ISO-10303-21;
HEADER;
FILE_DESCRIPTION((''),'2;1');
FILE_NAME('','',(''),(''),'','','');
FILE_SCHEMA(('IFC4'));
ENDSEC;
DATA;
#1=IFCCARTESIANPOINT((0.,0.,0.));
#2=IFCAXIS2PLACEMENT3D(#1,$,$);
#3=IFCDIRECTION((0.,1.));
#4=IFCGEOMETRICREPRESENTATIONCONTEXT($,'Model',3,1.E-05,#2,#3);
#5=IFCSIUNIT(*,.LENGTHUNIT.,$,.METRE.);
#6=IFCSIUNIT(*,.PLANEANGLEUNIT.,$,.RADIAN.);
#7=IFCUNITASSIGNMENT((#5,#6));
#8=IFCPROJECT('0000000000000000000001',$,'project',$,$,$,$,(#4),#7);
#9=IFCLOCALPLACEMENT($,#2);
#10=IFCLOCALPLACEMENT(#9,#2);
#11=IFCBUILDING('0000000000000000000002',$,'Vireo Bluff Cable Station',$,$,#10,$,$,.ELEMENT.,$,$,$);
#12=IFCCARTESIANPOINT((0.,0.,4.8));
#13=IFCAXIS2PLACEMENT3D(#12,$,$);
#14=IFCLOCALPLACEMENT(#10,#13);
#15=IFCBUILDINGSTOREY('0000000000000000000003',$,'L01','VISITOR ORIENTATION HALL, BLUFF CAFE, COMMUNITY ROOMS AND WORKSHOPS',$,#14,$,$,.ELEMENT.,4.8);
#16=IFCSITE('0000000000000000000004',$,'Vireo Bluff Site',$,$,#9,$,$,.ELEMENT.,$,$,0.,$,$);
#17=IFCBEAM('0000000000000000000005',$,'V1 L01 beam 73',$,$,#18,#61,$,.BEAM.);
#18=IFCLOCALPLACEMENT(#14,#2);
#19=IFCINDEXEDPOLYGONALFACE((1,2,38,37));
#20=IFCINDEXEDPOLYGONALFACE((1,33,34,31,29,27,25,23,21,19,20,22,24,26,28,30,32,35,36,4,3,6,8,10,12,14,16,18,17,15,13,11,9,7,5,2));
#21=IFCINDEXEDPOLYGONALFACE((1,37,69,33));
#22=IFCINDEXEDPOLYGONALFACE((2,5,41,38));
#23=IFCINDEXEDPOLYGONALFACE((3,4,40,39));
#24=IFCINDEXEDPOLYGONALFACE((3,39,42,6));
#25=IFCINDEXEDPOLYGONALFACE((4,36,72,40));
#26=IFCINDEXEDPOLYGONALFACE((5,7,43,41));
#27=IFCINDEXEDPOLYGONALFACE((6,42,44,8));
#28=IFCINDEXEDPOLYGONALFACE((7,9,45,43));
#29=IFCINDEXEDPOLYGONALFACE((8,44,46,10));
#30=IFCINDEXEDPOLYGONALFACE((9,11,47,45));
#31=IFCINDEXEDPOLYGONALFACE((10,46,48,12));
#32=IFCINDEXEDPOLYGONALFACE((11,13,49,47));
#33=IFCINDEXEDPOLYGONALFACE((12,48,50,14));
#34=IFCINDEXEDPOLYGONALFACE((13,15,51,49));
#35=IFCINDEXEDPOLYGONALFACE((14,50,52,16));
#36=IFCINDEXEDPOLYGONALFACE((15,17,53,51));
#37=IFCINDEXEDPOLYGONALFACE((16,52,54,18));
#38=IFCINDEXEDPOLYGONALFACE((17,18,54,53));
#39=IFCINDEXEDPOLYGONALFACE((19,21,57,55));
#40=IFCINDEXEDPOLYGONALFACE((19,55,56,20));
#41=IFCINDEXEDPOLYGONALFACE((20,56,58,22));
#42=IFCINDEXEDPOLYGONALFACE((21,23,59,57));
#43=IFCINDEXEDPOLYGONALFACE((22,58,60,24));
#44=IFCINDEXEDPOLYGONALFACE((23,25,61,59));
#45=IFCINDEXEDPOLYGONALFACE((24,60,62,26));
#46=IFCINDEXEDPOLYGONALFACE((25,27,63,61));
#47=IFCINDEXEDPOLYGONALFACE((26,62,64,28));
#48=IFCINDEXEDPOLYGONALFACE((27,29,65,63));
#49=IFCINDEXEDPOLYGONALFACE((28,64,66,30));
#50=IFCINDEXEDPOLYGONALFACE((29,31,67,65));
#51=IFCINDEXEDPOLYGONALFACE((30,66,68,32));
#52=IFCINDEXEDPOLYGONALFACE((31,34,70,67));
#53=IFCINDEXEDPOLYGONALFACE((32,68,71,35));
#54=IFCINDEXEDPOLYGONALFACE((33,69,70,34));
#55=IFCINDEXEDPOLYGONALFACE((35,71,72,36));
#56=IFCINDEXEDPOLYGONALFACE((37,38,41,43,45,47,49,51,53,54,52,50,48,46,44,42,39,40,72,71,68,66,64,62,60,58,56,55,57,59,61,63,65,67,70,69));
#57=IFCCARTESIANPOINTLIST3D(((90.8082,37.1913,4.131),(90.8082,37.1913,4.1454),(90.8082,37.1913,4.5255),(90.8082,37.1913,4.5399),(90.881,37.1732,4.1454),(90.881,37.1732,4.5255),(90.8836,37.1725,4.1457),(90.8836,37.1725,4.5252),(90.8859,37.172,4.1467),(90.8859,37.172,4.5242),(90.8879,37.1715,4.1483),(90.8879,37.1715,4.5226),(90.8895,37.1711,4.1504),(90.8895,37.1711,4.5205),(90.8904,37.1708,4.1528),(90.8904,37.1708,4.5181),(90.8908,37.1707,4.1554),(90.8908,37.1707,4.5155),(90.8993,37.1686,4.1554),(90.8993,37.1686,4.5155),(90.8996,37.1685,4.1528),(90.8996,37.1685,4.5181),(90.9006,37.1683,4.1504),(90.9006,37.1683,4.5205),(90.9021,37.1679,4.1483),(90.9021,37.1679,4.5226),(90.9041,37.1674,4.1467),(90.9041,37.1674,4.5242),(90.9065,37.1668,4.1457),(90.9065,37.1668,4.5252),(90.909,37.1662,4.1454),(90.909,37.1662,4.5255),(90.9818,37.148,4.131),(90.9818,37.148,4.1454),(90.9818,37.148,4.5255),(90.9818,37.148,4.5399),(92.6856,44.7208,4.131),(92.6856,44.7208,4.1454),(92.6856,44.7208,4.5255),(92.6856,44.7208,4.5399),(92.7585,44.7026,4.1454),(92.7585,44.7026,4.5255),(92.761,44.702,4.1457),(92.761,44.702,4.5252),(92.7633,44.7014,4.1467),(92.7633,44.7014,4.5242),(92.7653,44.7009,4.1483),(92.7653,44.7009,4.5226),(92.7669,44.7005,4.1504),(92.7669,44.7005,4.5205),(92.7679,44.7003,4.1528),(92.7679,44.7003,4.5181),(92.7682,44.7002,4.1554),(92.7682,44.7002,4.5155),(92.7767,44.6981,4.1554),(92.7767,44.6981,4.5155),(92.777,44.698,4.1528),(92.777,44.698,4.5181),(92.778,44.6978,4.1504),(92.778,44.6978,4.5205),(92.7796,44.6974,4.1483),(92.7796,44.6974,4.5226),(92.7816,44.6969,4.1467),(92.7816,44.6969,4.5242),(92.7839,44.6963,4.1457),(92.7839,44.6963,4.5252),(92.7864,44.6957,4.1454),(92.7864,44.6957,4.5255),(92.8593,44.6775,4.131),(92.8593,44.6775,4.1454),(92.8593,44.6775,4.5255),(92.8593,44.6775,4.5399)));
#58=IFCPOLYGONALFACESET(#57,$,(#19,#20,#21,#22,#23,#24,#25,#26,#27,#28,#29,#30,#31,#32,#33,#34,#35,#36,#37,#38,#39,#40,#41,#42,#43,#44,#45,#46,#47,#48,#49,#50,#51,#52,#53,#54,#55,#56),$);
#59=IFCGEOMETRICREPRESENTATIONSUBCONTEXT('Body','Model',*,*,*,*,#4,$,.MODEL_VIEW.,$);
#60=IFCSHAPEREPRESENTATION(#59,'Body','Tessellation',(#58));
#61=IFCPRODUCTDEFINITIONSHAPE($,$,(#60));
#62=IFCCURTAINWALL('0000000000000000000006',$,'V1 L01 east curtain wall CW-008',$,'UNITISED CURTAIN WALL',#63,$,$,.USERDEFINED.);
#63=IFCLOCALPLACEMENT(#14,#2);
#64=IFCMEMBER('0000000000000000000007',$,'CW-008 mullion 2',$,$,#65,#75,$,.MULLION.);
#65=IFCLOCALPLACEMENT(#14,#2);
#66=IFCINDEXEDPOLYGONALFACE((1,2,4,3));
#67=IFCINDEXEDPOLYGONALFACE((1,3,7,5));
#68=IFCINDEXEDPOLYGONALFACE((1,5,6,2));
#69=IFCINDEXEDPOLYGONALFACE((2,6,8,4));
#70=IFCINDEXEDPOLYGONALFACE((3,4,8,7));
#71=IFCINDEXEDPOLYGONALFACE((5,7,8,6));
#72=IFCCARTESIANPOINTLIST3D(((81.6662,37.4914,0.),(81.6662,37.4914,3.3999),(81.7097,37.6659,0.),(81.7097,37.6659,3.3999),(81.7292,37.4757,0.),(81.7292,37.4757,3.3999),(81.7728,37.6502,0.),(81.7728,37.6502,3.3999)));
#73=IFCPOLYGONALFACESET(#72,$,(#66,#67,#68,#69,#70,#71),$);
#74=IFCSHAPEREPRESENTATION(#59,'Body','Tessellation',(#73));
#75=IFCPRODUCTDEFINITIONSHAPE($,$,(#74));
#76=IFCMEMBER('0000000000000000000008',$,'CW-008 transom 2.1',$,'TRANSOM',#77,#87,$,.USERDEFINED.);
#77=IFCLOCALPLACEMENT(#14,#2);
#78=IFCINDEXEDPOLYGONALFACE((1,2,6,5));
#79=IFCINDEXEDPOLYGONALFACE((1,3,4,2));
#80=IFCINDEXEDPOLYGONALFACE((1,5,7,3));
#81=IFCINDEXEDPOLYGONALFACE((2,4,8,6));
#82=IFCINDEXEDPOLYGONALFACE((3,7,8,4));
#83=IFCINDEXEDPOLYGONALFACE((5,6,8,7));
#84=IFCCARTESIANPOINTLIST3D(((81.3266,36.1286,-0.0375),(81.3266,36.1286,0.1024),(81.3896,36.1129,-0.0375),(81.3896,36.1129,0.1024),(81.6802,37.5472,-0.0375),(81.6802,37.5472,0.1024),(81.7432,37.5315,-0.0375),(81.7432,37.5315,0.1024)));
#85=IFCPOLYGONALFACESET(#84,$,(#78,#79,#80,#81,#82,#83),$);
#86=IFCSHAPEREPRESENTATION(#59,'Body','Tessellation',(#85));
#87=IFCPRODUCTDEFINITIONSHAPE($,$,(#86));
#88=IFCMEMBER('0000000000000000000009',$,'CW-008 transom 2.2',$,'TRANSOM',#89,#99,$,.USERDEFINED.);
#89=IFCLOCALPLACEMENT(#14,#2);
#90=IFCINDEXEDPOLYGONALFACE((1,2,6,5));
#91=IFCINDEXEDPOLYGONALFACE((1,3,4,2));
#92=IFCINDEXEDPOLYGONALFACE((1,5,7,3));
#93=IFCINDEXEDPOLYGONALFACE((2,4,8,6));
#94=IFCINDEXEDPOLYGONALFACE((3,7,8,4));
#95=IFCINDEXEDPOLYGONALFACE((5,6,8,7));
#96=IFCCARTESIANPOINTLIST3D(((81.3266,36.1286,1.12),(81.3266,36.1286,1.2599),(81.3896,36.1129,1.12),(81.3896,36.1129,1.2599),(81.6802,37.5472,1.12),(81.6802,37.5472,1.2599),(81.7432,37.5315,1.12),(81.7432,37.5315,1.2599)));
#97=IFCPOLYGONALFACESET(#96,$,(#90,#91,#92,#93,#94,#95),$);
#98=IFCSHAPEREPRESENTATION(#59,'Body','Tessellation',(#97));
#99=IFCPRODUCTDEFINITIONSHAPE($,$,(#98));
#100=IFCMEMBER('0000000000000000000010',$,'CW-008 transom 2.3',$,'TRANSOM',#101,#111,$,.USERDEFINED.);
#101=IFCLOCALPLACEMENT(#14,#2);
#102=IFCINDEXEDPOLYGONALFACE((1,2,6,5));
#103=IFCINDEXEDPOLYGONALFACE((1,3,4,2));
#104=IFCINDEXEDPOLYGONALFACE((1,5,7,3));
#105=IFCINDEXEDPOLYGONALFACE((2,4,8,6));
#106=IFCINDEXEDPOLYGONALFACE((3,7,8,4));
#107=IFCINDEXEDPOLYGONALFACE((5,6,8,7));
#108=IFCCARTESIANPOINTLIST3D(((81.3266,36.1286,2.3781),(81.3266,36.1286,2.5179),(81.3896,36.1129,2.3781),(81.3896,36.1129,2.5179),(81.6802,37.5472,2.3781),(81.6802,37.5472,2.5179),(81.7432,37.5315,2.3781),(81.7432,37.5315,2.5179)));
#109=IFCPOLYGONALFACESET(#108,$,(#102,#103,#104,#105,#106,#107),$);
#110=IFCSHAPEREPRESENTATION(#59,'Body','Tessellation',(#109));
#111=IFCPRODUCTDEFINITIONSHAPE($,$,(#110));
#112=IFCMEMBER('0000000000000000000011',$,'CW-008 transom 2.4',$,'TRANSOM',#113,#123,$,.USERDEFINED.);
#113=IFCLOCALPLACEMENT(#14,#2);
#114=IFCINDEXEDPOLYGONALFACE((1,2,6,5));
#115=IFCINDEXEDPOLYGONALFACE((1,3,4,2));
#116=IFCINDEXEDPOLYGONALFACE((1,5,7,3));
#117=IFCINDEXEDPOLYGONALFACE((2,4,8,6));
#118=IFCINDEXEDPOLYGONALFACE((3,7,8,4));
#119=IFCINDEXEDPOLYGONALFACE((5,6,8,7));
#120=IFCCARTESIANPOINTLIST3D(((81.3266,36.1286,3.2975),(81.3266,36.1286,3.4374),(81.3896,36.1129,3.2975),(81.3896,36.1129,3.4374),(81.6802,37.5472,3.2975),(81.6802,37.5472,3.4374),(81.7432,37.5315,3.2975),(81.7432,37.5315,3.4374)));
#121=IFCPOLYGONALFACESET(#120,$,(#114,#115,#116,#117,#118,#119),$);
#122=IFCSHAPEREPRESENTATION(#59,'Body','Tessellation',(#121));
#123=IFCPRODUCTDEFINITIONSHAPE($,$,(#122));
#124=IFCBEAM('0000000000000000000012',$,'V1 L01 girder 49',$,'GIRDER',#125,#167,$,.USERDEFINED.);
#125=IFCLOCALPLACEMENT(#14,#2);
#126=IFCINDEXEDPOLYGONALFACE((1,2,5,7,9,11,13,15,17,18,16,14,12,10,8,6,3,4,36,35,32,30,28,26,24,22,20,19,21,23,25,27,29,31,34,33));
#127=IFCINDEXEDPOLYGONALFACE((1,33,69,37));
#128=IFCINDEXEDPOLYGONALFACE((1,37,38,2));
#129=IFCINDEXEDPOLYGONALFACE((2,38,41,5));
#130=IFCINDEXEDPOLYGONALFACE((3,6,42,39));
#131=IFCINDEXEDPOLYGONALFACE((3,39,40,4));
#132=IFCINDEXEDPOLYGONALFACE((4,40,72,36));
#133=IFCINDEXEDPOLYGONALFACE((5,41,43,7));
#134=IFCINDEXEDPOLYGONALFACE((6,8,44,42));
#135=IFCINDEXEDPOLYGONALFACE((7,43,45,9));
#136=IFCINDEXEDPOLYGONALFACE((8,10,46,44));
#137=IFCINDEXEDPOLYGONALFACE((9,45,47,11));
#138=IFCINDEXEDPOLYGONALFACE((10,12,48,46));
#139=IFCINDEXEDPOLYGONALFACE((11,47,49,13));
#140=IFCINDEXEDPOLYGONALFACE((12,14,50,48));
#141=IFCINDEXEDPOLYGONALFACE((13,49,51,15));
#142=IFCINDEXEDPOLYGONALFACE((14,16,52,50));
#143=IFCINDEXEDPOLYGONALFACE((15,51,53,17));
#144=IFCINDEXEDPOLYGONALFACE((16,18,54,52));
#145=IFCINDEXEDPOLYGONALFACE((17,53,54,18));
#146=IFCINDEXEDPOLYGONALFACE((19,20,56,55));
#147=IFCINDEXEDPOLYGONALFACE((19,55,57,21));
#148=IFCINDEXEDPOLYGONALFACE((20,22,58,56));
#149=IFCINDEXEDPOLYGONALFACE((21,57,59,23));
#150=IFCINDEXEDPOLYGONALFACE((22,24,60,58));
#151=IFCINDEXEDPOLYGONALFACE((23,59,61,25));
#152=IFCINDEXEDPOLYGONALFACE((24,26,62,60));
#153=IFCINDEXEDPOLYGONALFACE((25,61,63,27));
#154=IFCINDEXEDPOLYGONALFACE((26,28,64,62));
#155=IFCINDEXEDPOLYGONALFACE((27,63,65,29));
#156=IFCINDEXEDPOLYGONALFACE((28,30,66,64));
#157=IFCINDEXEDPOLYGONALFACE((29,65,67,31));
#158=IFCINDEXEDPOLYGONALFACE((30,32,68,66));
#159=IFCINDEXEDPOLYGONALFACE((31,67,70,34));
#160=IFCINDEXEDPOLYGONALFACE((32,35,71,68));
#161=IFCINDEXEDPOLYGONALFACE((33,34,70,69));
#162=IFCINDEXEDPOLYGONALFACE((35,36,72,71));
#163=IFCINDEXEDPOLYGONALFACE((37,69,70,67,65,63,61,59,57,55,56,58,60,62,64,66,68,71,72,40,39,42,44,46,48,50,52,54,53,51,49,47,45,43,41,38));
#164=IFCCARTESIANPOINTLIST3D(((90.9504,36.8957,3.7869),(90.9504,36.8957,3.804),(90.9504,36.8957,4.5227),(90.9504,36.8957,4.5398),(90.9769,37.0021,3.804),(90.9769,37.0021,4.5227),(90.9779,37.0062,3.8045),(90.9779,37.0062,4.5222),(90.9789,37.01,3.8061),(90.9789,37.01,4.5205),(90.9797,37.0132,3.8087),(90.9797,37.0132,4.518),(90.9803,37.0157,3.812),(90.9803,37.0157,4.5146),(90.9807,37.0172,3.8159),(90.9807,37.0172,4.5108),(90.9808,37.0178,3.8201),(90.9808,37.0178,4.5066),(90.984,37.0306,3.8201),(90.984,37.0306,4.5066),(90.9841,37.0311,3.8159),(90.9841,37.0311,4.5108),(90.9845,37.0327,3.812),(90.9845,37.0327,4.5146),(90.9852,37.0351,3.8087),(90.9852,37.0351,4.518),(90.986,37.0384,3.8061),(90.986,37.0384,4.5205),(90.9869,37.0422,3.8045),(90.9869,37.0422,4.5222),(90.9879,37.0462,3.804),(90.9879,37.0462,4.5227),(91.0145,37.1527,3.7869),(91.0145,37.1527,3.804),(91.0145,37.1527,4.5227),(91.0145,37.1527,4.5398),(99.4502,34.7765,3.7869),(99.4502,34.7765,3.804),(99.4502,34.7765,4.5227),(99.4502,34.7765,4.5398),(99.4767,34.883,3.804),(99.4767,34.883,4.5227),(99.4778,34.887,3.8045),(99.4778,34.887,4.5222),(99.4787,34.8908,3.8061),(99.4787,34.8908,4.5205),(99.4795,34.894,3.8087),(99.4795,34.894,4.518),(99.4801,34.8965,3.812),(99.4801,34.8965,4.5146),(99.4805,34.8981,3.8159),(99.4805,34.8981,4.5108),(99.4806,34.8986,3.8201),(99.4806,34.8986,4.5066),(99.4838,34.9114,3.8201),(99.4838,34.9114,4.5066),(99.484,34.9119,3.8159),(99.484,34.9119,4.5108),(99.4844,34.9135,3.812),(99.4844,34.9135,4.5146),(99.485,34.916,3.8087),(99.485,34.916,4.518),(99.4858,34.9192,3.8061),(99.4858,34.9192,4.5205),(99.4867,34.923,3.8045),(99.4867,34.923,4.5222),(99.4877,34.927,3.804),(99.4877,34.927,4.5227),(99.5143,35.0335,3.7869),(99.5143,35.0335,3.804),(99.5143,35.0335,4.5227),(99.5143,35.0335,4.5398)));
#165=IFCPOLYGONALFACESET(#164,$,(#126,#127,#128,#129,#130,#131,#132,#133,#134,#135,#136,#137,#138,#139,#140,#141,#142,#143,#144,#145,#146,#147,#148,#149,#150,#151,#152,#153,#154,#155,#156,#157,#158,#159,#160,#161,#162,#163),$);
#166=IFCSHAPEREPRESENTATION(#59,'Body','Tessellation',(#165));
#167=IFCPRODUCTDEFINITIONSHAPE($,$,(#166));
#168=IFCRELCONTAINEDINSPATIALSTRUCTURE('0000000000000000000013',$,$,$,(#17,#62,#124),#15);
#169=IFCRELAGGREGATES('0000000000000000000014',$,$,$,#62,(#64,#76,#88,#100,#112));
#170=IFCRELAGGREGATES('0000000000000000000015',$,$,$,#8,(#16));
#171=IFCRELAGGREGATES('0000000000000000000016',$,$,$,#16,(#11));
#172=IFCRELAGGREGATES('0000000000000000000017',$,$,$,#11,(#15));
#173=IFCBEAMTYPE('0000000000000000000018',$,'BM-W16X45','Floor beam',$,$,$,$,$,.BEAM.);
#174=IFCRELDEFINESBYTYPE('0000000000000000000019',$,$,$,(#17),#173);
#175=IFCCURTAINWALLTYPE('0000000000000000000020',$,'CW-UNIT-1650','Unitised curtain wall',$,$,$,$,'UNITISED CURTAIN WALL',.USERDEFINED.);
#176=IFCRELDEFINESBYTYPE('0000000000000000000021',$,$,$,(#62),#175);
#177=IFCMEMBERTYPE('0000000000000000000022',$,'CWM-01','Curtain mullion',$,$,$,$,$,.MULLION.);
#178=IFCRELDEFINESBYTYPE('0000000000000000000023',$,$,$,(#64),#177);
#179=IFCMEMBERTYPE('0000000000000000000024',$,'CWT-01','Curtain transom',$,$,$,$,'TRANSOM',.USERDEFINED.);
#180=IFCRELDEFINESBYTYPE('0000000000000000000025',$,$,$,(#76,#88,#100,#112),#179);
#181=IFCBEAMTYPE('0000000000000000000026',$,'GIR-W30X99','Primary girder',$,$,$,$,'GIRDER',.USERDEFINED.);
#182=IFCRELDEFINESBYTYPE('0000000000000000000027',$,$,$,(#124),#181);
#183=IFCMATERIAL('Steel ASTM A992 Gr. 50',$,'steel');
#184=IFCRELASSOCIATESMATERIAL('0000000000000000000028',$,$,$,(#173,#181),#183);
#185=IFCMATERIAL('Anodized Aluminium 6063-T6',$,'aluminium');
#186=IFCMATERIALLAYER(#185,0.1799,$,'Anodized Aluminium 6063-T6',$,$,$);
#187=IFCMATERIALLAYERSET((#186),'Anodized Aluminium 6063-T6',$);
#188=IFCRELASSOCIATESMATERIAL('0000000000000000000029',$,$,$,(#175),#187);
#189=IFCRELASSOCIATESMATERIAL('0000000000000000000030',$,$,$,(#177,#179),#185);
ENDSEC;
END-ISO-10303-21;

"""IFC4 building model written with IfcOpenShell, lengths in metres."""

from ifc_helpers import new_model, si_unit, direction, frame, origin, origin_2d, place, context, subcontext, project, spatial, rectangle, i_section, extrude, material, layer, layer_set, material_profile, profile_set, type_object, element, aggregate, save


model = new_model("IFC4")

# Units and contexts
model_context = context("Model", 3, precision=1e-05, world=origin(), true_north=direction((0.0, 1.0)))
body_context = subcontext(model_context, "Body", "Model", "MODEL_VIEW")
ifc_project = project(units=[si_unit("LENGTHUNIT", "METRE"), si_unit("PLANEANGLEUNIT", "RADIAN")], contexts=[model_context])

# Site, building, storey
site_placement = place(None, origin())
site = spatial("IfcSite", under=ifc_project, at=site_placement, Name="Vireo Bluff Site", CompositionType="ELEMENT", RefElevation=0.0)
building_placement = place(site_placement, origin())
building = spatial("IfcBuilding", under=site, at=building_placement, Name="Vireo Bluff Cable Station", CompositionType="ELEMENT")
storey_placement = place(building_placement, frame((0.0, 0.0, 4.8)))
storey = spatial("IfcBuildingStorey", under=building, at=storey_placement, Name="L01", Description="VISITOR ORIENTATION HALL, BLUFF CAFE, COMMUNITY ROOMS AND WORKSHOPS", CompositionType="ELEMENT", Elevation=4.8)

# Shared definitions
ifc_material_1 = material(Name="Steel ASTM A992 Gr. 50", Category="steel")

# Beam
ifc_material_profile_1 = material_profile(ifc_material_1, i_section(OverallWidth=0.179, OverallDepth=0.4089, WebThickness=0.0088, FlangeThickness=0.0144, FilletRadius=0.01, at=origin_2d()), Name="W16X45")
ifc_profile_set_1 = profile_set([ifc_material_profile_1], Name="Steel ASTM A992 Gr. 50")
beam_type_1 = type_object("IfcBeamType", Name="BM-W16X45", Description="Floor beam", PredefinedType="BEAM", material=ifc_profile_set_1)
beam_1_placement = place(storey_placement, frame((90.895, 37.1697, 4.3354), z_axis=(0.241936, 0.970292, 0.0), x_axis=(-0.970292, 0.241936, 0.0)))
element("IfcBeam", 1, at=beam_1_placement, inside=storey, type_object=beam_type_1, Name="V1 L01 beam 73", PredefinedType="BEAM", context=body_context, shape_type="SweptSolid", body=[
    extrude(i_section(OverallWidth=0.179, OverallDepth=0.4089, WebThickness=0.0088, FlangeThickness=0.0144, FilletRadius=0.01, at=origin_2d()), origin(), (0.0, 0.0, 1.0), 7.76),
])

# Curtain wall, members
ifc_material_2 = material(Name="Anodized Aluminium 6063-T6", Category="aluminium")
ifc_layer_1 = layer(ifc_material_2, 0.1799, Name="Anodized Aluminium 6063-T6")
ifc_layer_set_1 = layer_set([ifc_layer_1], Name="Anodized Aluminium 6063-T6")
curtain_wall_type = type_object("IfcCurtainWallType", Name="CW-UNIT-1650", Description="Unitised curtain wall", ElementType="UNITISED CURTAIN WALL", PredefinedType="USERDEFINED", material=ifc_layer_set_1)
curtain_wall_placement = place(storey_placement, origin())
curtain_wall = element("IfcCurtainWall", 2, at=curtain_wall_placement, inside=storey, type_object=curtain_wall_type, Name="V1 L01 east curtain wall CW-008", ObjectType="UNITISED CURTAIN WALL", PredefinedType="USERDEFINED")
ifc_material_profile_2 = material_profile(ifc_material_2, rectangle(XDim=0.0649, YDim=0.1799, at=origin_2d()), Name="ALU-M-65X180")
ifc_profile_set_2 = profile_set([ifc_material_profile_2], Name="Anodized Aluminium 6063-T6")
member_type_1 = type_object("IfcMemberType", Name="CWM-01", Description="Curtain mullion", PredefinedType="MULLION", material=ifc_profile_set_2)
member_1_placement = place(storey_placement, frame((81.7195, 37.5708, 0.0), z_axis=(0.0, 0.0, 1.0), x_axis=(0.970296, -0.241922, 0.0)))
member_1 = element("IfcMember", 3, at=member_1_placement, type_object=member_type_1, Name="CW-008 mullion 2", PredefinedType="MULLION", context=body_context, shape_type="SweptSolid", body=[
    extrude(rectangle(XDim=0.0649, YDim=0.1799, at=origin_2d()), origin(), (0.0, 0.0, 1.0), 3.3999),
])
ifc_material_profile_3 = material_profile(ifc_material_2, rectangle(XDim=0.0649, YDim=0.1399, at=origin_2d()), Name="ALU-T-65X140")
ifc_profile_set_3 = profile_set([ifc_material_profile_3], Name="Anodized Aluminium 6063-T6")
member_type_2 = type_object("IfcMemberType", Name="CWT-01", Description="Curtain transom", ElementType="TRANSOM", PredefinedType="USERDEFINED", material=ifc_profile_set_3)
member_2_placement = place(storey_placement, frame((81.7117, 37.5393, 0.0325), z_axis=(-0.241828, -0.970319, 0.0), x_axis=(0.970319, -0.241828, 0.0)))
member_2 = element("IfcMember", 4, at=member_2_placement, type_object=member_type_2, Name="CW-008 transom 2.1", ObjectType="TRANSOM", PredefinedType="USERDEFINED", context=body_context, shape_type="SweptSolid", body=[
    extrude(rectangle(XDim=0.0649, YDim=0.1399, at=origin_2d()), origin(), (0.0, 0.0, 1.0), 1.4619),
])
member_3_placement = place(storey_placement, frame((81.7117, 37.5393, 1.1899), z_axis=(-0.241828, -0.970319, 0.0), x_axis=(0.970319, -0.241828, 0.0)))
member_3 = element("IfcMember", 5, at=member_3_placement, type_object=member_type_2, Name="CW-008 transom 2.2", ObjectType="TRANSOM", PredefinedType="USERDEFINED", context=body_context, shape_type="SweptSolid", body=[
    extrude(rectangle(XDim=0.0649, YDim=0.1399, at=origin_2d()), origin(), (0.0, 0.0, 1.0), 1.4619),
])
member_4_placement = place(storey_placement, frame((81.7117, 37.5393, 2.448), z_axis=(-0.241828, -0.970319, 0.0), x_axis=(0.970319, -0.241828, 0.0)))
member_4 = element("IfcMember", 6, at=member_4_placement, type_object=member_type_2, Name="CW-008 transom 2.3", ObjectType="TRANSOM", PredefinedType="USERDEFINED", context=body_context, shape_type="SweptSolid", body=[
    extrude(rectangle(XDim=0.0649, YDim=0.1399, at=origin_2d()), origin(), (0.0, 0.0, 1.0), 1.4619),
])
member_5_placement = place(storey_placement, frame((81.7117, 37.5393, 3.3674), z_axis=(-0.241828, -0.970319, 0.0), x_axis=(0.970319, -0.241828, 0.0)))
member_5 = element("IfcMember", 7, at=member_5_placement, type_object=member_type_2, Name="CW-008 transom 2.4", ObjectType="TRANSOM", PredefinedType="USERDEFINED", context=body_context, shape_type="SweptSolid", body=[
    extrude(rectangle(XDim=0.0649, YDim=0.1399, at=origin_2d()), origin(), (0.0, 0.0, 1.0), 1.4619),
])

# Beam
ifc_material_profile_4 = material_profile(ifc_material_1, i_section(OverallWidth=0.2649, OverallDepth=0.7529, WebThickness=0.0132, FlangeThickness=0.0171, FilletRadius=0.0161, at=origin_2d()), Name="W30X99")
ifc_profile_set_4 = profile_set([ifc_material_profile_4], Name="Steel ASTM A992 Gr. 50")
beam_type_2 = type_object("IfcBeamType", Name="GIR-W30X99", Description="Primary girder", ElementType="GIRDER", PredefinedType="USERDEFINED", material=ifc_profile_set_4)
beam_2_placement = place(storey_placement, frame((90.9824, 37.0242, 4.1633), z_axis=(0.970298, -0.241913, 0.0), x_axis=(0.241913, 0.970298, 0.0)))
element("IfcBeam", 8, at=beam_2_placement, inside=storey, type_object=beam_type_2, Name="V1 L01 girder 49", ObjectType="GIRDER", PredefinedType="USERDEFINED", context=body_context, shape_type="SweptSolid", body=[
    extrude(i_section(OverallWidth=0.2649, OverallDepth=0.7529, WebThickness=0.0132, FlangeThickness=0.0171, FilletRadius=0.0161, at=origin_2d()), origin(), (0.0, 0.0, 1.0), 8.76),
])

aggregate(curtain_wall, [member_1, member_2, member_3, member_4, member_5])

save(model, "model.ifc")
